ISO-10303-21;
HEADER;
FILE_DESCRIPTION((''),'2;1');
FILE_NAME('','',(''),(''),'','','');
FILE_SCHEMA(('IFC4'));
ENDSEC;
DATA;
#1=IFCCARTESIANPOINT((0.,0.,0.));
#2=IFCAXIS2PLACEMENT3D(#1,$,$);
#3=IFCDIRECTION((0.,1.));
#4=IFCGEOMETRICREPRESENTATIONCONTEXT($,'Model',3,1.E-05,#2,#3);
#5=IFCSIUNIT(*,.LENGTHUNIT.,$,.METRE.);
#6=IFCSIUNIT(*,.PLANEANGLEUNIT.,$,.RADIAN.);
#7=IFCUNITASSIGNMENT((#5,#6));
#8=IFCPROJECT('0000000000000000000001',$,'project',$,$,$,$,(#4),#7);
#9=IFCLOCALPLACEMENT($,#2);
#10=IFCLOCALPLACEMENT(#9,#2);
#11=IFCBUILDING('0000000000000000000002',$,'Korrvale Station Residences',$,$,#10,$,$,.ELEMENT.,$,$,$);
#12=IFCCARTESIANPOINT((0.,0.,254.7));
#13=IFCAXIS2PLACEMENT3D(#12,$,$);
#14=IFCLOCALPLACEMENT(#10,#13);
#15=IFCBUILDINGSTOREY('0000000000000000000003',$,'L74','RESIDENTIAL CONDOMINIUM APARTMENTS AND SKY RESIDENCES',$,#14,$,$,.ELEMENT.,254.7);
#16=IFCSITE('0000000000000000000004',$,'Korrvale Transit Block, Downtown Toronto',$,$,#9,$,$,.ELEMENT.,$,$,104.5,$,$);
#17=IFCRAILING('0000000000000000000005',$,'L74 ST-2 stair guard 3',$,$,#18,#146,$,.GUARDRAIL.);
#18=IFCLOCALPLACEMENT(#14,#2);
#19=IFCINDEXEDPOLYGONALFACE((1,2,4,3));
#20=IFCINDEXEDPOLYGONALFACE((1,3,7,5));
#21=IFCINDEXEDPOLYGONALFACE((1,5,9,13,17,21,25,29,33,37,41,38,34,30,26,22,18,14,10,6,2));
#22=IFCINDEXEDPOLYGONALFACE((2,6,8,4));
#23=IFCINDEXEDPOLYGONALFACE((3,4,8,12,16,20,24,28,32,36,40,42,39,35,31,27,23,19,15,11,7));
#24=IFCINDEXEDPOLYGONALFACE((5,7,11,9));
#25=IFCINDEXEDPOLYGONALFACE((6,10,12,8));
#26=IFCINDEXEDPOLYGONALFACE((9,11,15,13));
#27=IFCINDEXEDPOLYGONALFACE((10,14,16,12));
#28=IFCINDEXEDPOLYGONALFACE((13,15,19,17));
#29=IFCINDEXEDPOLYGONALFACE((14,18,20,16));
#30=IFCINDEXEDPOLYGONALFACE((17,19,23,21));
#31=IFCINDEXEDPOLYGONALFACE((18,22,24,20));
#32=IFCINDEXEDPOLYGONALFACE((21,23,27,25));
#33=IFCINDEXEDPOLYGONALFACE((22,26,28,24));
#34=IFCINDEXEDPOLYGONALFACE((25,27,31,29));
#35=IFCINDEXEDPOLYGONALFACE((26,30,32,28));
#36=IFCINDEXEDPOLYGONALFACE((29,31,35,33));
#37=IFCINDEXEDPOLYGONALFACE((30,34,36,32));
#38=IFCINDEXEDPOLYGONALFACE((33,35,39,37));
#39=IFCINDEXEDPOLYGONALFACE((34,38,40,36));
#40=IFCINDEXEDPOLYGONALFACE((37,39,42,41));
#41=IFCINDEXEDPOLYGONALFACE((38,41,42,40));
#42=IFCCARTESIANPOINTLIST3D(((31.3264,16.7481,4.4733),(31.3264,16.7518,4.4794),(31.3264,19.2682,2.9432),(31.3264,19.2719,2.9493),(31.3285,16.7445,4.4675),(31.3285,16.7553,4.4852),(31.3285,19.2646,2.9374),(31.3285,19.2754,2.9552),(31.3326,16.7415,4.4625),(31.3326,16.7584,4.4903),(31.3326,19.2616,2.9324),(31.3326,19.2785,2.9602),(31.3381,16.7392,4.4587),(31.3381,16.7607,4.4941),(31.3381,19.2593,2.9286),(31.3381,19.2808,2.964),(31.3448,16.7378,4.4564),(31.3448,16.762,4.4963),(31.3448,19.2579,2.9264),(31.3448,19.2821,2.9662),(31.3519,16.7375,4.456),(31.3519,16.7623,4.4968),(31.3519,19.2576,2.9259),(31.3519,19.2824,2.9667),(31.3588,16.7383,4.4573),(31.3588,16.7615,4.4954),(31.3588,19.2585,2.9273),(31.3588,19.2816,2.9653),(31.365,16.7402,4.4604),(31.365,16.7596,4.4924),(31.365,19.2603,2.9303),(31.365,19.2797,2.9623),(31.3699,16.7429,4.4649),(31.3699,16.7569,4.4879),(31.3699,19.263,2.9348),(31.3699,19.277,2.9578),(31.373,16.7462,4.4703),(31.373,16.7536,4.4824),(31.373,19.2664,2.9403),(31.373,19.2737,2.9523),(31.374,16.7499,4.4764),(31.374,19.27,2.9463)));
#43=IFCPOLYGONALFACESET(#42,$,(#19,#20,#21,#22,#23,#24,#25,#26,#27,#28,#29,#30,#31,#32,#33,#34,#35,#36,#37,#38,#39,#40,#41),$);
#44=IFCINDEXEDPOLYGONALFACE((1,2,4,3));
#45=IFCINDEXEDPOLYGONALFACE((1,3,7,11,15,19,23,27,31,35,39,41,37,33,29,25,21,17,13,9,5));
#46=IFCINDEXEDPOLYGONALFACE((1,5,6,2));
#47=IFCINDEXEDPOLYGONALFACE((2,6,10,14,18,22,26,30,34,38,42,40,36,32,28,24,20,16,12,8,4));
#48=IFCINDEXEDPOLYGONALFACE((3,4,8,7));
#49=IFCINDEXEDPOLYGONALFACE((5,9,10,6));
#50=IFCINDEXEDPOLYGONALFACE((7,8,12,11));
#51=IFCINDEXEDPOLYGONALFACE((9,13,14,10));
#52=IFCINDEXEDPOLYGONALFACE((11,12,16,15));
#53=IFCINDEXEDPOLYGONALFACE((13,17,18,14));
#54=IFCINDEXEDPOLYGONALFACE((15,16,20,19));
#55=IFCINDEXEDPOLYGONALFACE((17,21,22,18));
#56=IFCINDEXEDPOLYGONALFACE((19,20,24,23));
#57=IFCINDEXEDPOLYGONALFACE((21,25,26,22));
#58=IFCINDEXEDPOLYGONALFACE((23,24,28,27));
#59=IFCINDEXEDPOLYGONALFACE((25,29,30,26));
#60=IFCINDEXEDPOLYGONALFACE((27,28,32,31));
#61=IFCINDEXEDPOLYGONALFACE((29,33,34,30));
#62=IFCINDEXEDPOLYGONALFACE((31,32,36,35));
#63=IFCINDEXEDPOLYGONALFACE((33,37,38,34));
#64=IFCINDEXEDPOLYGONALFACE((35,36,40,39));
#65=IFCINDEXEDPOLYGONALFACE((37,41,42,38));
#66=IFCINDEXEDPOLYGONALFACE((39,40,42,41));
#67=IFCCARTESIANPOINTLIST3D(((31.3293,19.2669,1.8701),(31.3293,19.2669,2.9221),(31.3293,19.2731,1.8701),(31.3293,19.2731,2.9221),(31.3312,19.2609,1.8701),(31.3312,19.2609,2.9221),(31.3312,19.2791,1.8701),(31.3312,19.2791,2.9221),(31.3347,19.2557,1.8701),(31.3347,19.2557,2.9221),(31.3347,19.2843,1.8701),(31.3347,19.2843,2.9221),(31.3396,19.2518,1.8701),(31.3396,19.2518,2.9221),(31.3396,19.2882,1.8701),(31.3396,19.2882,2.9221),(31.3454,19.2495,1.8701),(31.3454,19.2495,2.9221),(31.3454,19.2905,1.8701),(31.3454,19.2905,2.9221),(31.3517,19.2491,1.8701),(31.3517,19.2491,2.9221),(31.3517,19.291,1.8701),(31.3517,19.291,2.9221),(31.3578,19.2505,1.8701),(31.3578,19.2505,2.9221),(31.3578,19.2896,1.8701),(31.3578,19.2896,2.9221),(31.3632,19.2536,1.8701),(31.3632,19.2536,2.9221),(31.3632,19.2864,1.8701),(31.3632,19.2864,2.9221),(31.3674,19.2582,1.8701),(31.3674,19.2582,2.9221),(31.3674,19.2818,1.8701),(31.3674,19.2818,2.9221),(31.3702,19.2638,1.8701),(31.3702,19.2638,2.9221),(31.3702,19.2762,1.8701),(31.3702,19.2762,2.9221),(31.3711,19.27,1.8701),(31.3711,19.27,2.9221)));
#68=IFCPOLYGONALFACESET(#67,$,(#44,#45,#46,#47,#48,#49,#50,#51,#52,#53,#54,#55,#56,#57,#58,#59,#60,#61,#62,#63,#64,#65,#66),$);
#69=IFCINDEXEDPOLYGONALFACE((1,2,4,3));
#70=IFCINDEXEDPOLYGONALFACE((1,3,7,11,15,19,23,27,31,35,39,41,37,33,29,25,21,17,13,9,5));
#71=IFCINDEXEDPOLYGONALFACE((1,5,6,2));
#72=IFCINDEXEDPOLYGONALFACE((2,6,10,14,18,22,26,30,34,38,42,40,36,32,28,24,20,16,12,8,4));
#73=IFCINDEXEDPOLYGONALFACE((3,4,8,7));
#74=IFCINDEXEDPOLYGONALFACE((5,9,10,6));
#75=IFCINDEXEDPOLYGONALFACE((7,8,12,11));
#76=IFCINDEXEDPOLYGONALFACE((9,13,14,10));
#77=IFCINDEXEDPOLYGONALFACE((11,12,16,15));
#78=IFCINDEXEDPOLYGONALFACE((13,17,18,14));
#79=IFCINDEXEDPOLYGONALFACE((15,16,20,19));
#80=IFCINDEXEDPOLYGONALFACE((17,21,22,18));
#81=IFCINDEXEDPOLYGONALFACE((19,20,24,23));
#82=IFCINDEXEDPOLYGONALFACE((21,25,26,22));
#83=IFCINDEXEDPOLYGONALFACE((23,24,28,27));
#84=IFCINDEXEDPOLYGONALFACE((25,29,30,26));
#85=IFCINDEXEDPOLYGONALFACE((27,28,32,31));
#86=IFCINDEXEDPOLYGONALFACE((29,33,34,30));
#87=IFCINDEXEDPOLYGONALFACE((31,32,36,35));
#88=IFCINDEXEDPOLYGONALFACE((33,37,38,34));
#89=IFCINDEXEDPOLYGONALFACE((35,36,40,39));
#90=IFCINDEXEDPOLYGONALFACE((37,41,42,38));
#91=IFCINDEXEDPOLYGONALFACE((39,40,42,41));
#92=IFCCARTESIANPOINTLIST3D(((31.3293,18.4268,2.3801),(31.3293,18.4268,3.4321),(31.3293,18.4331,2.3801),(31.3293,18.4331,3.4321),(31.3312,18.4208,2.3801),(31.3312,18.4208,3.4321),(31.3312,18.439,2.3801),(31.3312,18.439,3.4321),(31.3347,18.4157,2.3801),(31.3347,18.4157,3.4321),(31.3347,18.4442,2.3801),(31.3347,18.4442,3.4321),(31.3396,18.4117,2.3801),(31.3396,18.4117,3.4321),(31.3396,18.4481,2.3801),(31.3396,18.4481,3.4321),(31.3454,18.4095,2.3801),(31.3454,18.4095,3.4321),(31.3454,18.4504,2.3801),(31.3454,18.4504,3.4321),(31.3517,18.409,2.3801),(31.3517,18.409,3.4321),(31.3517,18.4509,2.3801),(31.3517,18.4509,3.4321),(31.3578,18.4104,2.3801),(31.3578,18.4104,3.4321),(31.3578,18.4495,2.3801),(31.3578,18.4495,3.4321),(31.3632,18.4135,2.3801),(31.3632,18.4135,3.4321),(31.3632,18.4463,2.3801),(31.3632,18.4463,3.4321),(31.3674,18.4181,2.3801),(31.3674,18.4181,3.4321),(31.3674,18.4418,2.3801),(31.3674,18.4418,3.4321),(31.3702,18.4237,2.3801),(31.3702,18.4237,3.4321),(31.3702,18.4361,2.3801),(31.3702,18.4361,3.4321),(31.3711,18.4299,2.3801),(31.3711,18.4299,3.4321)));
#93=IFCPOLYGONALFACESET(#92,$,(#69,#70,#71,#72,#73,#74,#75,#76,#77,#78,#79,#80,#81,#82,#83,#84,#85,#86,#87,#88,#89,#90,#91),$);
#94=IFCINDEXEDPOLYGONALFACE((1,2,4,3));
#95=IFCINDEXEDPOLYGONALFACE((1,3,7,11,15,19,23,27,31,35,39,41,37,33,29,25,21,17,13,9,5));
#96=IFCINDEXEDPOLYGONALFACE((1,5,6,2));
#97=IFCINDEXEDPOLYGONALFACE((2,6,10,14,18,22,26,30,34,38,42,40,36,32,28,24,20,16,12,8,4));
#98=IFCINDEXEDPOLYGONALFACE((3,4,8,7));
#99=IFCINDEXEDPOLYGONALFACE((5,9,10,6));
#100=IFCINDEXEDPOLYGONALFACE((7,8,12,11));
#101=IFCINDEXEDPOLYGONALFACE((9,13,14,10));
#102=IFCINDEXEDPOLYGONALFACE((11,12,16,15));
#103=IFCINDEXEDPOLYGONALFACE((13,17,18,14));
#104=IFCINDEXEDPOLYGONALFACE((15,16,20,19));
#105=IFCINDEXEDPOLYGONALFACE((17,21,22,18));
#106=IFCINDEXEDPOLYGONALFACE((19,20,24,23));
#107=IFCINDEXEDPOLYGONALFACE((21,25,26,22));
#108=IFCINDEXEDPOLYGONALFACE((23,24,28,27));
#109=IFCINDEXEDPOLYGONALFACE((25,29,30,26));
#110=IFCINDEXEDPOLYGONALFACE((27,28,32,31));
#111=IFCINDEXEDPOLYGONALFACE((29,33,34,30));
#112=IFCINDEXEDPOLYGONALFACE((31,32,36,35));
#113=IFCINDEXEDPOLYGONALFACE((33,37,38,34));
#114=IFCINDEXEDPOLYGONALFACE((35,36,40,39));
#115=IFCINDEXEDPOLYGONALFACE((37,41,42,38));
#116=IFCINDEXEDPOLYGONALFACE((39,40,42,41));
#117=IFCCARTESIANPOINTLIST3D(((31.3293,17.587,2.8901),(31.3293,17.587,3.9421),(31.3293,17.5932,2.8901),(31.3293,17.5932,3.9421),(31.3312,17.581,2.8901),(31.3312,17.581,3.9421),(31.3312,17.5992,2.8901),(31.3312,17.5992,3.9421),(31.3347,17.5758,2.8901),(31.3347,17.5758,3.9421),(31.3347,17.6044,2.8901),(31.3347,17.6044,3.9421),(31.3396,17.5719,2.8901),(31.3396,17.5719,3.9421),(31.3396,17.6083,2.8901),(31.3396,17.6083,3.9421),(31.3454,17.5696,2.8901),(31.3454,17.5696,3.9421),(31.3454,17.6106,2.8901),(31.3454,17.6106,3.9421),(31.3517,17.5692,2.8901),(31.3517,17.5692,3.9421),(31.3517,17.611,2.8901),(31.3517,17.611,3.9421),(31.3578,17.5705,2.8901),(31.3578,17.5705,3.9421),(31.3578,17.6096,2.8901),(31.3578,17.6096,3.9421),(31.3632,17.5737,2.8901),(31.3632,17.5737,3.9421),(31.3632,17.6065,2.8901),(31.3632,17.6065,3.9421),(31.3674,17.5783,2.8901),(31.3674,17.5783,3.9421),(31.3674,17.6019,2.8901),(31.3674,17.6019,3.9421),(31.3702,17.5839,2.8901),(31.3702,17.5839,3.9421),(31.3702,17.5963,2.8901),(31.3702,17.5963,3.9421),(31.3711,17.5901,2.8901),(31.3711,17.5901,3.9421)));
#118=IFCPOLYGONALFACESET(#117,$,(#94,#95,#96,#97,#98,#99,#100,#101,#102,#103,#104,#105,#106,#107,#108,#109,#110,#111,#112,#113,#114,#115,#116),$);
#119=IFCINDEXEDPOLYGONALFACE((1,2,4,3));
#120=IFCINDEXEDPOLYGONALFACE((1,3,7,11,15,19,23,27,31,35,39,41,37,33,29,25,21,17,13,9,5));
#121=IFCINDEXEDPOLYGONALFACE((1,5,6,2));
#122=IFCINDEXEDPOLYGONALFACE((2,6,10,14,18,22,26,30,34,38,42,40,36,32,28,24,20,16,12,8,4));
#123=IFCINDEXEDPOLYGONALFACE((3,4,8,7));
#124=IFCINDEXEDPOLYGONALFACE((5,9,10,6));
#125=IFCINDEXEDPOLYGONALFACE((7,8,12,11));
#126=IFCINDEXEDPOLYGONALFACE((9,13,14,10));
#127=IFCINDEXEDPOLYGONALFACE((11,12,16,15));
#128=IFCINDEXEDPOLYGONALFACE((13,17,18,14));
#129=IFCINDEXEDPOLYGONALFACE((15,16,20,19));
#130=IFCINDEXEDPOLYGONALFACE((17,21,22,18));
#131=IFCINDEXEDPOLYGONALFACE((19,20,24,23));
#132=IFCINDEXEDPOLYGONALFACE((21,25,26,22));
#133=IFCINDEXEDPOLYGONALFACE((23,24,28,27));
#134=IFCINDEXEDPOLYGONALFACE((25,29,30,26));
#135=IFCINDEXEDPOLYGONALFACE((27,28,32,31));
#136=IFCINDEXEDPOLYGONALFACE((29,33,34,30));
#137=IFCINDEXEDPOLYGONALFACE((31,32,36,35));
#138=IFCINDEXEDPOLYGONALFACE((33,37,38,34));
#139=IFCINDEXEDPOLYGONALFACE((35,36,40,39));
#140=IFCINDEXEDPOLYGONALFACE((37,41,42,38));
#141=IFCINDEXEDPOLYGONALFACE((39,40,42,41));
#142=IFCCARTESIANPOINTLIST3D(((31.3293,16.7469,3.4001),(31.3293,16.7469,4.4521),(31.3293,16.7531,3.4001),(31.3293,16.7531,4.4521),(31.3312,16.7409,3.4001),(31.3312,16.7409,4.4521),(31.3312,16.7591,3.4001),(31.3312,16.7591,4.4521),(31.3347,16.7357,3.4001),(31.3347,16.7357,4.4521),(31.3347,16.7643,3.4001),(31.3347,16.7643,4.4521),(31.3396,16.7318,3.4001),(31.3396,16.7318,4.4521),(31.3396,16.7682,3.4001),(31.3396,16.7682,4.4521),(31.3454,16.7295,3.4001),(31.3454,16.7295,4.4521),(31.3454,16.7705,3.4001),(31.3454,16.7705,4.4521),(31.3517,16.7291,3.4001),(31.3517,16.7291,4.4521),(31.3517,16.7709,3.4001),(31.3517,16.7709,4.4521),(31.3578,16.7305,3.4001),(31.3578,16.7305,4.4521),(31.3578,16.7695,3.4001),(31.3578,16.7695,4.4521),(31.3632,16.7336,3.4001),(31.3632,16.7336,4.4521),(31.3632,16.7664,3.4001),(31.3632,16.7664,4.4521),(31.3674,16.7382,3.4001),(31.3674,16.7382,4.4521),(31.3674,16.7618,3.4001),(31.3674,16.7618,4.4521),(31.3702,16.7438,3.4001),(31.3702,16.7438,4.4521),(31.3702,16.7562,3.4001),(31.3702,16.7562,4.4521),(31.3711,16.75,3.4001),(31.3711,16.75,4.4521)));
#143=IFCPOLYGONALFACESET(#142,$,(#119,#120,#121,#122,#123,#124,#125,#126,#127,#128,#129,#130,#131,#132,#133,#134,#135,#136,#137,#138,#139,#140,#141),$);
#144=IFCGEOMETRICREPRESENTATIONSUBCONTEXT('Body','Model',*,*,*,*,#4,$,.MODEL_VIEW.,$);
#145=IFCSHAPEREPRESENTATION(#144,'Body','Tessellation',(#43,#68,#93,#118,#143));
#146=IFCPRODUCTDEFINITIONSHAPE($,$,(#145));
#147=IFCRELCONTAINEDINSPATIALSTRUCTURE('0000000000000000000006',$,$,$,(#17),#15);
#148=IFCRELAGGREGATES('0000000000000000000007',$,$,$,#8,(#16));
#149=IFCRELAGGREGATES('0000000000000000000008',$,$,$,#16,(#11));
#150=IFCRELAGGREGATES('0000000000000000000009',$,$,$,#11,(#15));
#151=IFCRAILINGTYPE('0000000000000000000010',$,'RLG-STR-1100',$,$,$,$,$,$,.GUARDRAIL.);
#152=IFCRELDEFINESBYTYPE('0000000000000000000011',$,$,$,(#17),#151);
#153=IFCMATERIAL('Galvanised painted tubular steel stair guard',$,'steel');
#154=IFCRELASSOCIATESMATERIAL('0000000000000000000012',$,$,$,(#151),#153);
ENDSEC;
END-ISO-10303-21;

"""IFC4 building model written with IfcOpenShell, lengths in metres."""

from ifc_helpers import new_model, si_unit, direction, frame, origin, origin_2d, place, context, subcontext, project, spatial, circle, extrude, material, type_object, element, save


model = new_model("IFC4")

# Units and contexts
model_context = context("Model", 3, precision=1e-05, world=origin(), true_north=direction((0.0, 1.0)))
body_context = subcontext(model_context, "Body", "Model", "MODEL_VIEW")
ifc_project = project(units=[si_unit("LENGTHUNIT", "METRE"), si_unit("PLANEANGLEUNIT", "RADIAN")], contexts=[model_context])

# Site, building, storey
site_placement = place(None, origin())
site = spatial("IfcSite", under=ifc_project, at=site_placement, Name="Korrvale Transit Block, Downtown Toronto", CompositionType="ELEMENT", RefElevation=104.5)
building_placement = place(site_placement, origin())
building = spatial("IfcBuilding", under=site, at=building_placement, Name="Korrvale Station Residences", CompositionType="ELEMENT")
storey_placement = place(building_placement, frame((0.0, 0.0, 254.7)))
storey = spatial("IfcBuildingStorey", under=building, at=storey_placement, Name="L74", Description="RESIDENTIAL CONDOMINIUM APARTMENTS AND SKY RESIDENCES", CompositionType="ELEMENT", Elevation=254.7)

# Railing
ifc_material_1 = material(Name="Galvanised painted tubular steel stair guard", Category="steel")
railing_type_1 = type_object("IfcRailingType", Name="RLG-STR-1100", PredefinedType="GUARDRAIL", material=ifc_material_1)
railing_1_placement = place(storey_placement, frame((31.3501, 19.27, 1.8701)))
element("IfcRailing", 1, at=railing_1_placement, inside=storey, type_object=railing_type_1, Name="L74 ST-2 stair guard 3", PredefinedType="GUARDRAIL", context=body_context, shape_type="SweptSolid", body=[
    extrude(circle(Radius=0.0239, at=origin_2d()), frame((0.0, 0.0, 1.0762), z_axis=(0.0, -0.854785, 0.518982), x_axis=(1.0, 0.0, 0.0)), (0.0, 0.0, 1.0), 2.9482),
    extrude(circle(Radius=0.021, at=origin_2d()), origin(), (0.0, 0.0, 1.0), 1.052),
    extrude(circle(Radius=0.021, at=origin_2d()), frame((0.0, -0.8401, 0.51)), (0.0, 0.0, 1.0), 1.052),
    extrude(circle(Radius=0.021, at=origin_2d()), frame((0.0, -1.6799, 1.02)), (0.0, 0.0, 1.0), 1.052),
    extrude(circle(Radius=0.021, at=origin_2d()), frame((0.0, -2.52, 1.53)), (0.0, 0.0, 1.0), 1.052),
])

save(model, "model.ifc")
